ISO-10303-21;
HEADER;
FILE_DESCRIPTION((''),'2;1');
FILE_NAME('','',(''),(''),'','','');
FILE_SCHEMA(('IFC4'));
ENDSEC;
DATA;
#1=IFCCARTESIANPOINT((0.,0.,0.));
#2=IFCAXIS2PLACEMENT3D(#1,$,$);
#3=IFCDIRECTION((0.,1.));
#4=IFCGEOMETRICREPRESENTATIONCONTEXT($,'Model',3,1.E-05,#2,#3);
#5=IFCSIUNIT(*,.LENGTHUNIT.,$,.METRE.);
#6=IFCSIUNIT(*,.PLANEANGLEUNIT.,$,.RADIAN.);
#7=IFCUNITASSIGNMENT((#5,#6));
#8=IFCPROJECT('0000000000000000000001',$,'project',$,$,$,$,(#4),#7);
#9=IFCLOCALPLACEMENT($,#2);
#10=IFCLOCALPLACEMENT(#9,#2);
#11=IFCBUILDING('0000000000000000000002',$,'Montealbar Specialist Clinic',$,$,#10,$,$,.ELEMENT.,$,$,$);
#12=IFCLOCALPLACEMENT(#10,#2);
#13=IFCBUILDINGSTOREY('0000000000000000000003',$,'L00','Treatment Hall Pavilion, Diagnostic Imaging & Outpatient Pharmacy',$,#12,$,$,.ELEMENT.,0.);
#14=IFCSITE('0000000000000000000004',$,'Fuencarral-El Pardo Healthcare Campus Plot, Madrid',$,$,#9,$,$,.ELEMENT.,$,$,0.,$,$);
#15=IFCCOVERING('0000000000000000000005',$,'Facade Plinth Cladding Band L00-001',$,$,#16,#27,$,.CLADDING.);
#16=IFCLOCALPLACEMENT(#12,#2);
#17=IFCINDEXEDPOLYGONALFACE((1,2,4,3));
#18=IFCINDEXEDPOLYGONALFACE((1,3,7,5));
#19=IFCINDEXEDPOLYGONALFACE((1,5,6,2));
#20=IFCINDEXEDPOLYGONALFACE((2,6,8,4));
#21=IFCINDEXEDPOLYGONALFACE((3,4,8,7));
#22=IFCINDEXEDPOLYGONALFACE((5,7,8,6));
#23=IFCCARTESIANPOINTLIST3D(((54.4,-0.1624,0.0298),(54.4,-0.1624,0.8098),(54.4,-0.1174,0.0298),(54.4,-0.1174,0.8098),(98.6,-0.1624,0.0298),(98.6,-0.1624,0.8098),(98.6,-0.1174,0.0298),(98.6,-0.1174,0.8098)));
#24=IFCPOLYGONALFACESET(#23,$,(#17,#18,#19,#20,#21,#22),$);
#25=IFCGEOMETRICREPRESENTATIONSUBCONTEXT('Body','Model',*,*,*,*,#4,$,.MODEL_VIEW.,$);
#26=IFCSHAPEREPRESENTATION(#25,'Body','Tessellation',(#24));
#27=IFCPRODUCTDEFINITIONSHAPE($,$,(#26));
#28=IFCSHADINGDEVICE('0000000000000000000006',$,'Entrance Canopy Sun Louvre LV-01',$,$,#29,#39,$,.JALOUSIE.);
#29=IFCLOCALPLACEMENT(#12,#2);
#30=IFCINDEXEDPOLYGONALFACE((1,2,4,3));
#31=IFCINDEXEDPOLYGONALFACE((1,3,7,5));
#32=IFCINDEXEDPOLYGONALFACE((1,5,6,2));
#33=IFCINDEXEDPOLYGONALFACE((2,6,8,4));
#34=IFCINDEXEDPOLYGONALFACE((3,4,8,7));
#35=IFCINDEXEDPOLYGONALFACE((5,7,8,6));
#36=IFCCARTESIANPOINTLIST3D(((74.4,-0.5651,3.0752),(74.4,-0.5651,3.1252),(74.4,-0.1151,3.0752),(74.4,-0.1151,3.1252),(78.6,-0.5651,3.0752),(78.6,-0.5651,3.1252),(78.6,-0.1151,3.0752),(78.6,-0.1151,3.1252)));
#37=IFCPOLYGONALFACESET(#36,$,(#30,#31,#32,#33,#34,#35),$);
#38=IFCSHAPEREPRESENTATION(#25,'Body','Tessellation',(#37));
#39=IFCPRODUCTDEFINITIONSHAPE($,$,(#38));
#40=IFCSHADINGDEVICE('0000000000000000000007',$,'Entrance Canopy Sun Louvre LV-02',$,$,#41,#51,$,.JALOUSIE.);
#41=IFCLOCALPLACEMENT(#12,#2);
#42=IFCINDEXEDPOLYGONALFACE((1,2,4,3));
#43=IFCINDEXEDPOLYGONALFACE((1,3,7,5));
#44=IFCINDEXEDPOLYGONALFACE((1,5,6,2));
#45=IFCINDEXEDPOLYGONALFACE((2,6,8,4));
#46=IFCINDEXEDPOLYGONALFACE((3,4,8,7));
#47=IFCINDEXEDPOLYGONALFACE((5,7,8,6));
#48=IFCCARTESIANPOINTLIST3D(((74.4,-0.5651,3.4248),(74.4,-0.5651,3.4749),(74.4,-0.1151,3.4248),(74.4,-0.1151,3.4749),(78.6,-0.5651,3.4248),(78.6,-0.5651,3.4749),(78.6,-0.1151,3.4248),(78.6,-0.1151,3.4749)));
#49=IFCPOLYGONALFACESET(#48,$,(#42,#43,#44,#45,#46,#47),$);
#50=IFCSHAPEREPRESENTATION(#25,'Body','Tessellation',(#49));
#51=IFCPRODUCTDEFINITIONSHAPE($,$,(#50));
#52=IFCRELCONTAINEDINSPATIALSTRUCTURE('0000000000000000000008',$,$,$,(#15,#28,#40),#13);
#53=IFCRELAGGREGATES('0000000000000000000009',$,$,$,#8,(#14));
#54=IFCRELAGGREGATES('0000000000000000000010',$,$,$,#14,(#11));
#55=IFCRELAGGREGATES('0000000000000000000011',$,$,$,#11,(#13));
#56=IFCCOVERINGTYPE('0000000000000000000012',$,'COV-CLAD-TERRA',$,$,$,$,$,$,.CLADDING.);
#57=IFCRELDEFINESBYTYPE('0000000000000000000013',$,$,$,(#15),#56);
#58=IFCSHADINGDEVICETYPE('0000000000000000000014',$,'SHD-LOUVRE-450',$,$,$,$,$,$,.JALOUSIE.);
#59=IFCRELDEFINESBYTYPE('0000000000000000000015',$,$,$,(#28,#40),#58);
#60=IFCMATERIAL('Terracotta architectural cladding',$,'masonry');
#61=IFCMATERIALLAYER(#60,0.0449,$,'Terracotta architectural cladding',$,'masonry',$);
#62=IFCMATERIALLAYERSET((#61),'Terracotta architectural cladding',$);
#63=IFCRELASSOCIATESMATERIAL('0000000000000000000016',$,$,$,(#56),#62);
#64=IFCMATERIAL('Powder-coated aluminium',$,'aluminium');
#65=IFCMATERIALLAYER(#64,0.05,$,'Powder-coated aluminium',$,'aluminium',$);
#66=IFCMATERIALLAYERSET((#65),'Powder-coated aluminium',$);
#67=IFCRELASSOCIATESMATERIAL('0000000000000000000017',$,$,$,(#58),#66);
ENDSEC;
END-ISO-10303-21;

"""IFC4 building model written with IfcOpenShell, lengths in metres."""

from ifc_helpers import new_model, si_unit, direction, frame, origin, origin_2d, place, context, subcontext, project, spatial, rectangle, extrude, material, layer, layer_set, type_object, element, save


model = new_model("IFC4")

# Units and contexts
model_context = context("Model", 3, precision=1e-05, world=origin(), true_north=direction((0.0, 1.0)))
body_context = subcontext(model_context, "Body", "Model", "MODEL_VIEW")
ifc_project = project(units=[si_unit("LENGTHUNIT", "METRE"), si_unit("PLANEANGLEUNIT", "RADIAN")], contexts=[model_context])

# Site, building, storey
site_placement = place(None, origin())
site = spatial("IfcSite", under=ifc_project, at=site_placement, Name="Fuencarral-El Pardo Healthcare Campus Plot, Madrid", CompositionType="ELEMENT", RefElevation=0.0)
building_placement = place(site_placement, origin())
building = spatial("IfcBuilding", under=site, at=building_placement, Name="Montealbar Specialist Clinic", CompositionType="ELEMENT")
storey_placement = place(building_placement, origin())
storey = spatial("IfcBuildingStorey", under=building, at=storey_placement, Name="L00", Description="Treatment Hall Pavilion, Diagnostic Imaging & Outpatient Pharmacy", CompositionType="ELEMENT", Elevation=0.0)

# Covering
ifc_material_1 = material(Name="Terracotta architectural cladding", Category="masonry")
ifc_layer_1 = layer(ifc_material_1, 0.0449, Name="Terracotta architectural cladding", Category="masonry")
ifc_layer_set_1 = layer_set([ifc_layer_1], Name="Terracotta architectural cladding")
covering_type = type_object("IfcCoveringType", Name="COV-CLAD-TERRA", PredefinedType="CLADDING", material=ifc_layer_set_1)
covering_placement = place(storey_placement, frame((76.5, -0.1399, 0.0298), z_axis=(0.0, 0.0, 1.0), x_axis=(-1.0, 0.0, 0.0)))
element("IfcCovering", 1, at=covering_placement, inside=storey, type_object=covering_type, Name="Facade Plinth Cladding Band L00-001", PredefinedType="CLADDING", context=body_context, shape_type="SweptSolid", body=[
    extrude(rectangle(XDim=44.2, YDim=0.0449, at=origin_2d()), origin(), (0.0, 0.0, 1.0), 0.78),
])

# Shading devices
ifc_material_2 = material(Name="Powder-coated aluminium", Category="aluminium")
ifc_layer_2 = layer(ifc_material_2, 0.05, Name="Powder-coated aluminium", Category="aluminium")
ifc_layer_set_2 = layer_set([ifc_layer_2], Name="Powder-coated aluminium")
shading_device_type = type_object("IfcShadingDeviceType", Name="SHD-LOUVRE-450", PredefinedType="JALOUSIE", material=ifc_layer_set_2)
for number, where, z_axis, x_axis, name in (
    (2, (76.5, -0.3401, 3.0752), (0.0, 0.0, 1.0), (-1.0, 0.0, 0.0), "Entrance Canopy Sun Louvre LV-01"),
    (3, (76.5, -0.3401, 3.4248), (0.0, 0.0, 1.0), (-1.0, 0.0, 0.0), "Entrance Canopy Sun Louvre LV-02"),
):
    element("IfcShadingDevice", number, at=place(storey_placement, frame(where, z_axis=z_axis, x_axis=x_axis)), inside=storey, type_object=shading_device_type, Name=name, PredefinedType="JALOUSIE", context=body_context, shape_type="SweptSolid", body=[
        extrude(rectangle(XDim=4.2, YDim=0.45, at=origin_2d()), origin(), (0.0, 0.0, 1.0), 0.05),
    ])

save(model, "model.ifc")
